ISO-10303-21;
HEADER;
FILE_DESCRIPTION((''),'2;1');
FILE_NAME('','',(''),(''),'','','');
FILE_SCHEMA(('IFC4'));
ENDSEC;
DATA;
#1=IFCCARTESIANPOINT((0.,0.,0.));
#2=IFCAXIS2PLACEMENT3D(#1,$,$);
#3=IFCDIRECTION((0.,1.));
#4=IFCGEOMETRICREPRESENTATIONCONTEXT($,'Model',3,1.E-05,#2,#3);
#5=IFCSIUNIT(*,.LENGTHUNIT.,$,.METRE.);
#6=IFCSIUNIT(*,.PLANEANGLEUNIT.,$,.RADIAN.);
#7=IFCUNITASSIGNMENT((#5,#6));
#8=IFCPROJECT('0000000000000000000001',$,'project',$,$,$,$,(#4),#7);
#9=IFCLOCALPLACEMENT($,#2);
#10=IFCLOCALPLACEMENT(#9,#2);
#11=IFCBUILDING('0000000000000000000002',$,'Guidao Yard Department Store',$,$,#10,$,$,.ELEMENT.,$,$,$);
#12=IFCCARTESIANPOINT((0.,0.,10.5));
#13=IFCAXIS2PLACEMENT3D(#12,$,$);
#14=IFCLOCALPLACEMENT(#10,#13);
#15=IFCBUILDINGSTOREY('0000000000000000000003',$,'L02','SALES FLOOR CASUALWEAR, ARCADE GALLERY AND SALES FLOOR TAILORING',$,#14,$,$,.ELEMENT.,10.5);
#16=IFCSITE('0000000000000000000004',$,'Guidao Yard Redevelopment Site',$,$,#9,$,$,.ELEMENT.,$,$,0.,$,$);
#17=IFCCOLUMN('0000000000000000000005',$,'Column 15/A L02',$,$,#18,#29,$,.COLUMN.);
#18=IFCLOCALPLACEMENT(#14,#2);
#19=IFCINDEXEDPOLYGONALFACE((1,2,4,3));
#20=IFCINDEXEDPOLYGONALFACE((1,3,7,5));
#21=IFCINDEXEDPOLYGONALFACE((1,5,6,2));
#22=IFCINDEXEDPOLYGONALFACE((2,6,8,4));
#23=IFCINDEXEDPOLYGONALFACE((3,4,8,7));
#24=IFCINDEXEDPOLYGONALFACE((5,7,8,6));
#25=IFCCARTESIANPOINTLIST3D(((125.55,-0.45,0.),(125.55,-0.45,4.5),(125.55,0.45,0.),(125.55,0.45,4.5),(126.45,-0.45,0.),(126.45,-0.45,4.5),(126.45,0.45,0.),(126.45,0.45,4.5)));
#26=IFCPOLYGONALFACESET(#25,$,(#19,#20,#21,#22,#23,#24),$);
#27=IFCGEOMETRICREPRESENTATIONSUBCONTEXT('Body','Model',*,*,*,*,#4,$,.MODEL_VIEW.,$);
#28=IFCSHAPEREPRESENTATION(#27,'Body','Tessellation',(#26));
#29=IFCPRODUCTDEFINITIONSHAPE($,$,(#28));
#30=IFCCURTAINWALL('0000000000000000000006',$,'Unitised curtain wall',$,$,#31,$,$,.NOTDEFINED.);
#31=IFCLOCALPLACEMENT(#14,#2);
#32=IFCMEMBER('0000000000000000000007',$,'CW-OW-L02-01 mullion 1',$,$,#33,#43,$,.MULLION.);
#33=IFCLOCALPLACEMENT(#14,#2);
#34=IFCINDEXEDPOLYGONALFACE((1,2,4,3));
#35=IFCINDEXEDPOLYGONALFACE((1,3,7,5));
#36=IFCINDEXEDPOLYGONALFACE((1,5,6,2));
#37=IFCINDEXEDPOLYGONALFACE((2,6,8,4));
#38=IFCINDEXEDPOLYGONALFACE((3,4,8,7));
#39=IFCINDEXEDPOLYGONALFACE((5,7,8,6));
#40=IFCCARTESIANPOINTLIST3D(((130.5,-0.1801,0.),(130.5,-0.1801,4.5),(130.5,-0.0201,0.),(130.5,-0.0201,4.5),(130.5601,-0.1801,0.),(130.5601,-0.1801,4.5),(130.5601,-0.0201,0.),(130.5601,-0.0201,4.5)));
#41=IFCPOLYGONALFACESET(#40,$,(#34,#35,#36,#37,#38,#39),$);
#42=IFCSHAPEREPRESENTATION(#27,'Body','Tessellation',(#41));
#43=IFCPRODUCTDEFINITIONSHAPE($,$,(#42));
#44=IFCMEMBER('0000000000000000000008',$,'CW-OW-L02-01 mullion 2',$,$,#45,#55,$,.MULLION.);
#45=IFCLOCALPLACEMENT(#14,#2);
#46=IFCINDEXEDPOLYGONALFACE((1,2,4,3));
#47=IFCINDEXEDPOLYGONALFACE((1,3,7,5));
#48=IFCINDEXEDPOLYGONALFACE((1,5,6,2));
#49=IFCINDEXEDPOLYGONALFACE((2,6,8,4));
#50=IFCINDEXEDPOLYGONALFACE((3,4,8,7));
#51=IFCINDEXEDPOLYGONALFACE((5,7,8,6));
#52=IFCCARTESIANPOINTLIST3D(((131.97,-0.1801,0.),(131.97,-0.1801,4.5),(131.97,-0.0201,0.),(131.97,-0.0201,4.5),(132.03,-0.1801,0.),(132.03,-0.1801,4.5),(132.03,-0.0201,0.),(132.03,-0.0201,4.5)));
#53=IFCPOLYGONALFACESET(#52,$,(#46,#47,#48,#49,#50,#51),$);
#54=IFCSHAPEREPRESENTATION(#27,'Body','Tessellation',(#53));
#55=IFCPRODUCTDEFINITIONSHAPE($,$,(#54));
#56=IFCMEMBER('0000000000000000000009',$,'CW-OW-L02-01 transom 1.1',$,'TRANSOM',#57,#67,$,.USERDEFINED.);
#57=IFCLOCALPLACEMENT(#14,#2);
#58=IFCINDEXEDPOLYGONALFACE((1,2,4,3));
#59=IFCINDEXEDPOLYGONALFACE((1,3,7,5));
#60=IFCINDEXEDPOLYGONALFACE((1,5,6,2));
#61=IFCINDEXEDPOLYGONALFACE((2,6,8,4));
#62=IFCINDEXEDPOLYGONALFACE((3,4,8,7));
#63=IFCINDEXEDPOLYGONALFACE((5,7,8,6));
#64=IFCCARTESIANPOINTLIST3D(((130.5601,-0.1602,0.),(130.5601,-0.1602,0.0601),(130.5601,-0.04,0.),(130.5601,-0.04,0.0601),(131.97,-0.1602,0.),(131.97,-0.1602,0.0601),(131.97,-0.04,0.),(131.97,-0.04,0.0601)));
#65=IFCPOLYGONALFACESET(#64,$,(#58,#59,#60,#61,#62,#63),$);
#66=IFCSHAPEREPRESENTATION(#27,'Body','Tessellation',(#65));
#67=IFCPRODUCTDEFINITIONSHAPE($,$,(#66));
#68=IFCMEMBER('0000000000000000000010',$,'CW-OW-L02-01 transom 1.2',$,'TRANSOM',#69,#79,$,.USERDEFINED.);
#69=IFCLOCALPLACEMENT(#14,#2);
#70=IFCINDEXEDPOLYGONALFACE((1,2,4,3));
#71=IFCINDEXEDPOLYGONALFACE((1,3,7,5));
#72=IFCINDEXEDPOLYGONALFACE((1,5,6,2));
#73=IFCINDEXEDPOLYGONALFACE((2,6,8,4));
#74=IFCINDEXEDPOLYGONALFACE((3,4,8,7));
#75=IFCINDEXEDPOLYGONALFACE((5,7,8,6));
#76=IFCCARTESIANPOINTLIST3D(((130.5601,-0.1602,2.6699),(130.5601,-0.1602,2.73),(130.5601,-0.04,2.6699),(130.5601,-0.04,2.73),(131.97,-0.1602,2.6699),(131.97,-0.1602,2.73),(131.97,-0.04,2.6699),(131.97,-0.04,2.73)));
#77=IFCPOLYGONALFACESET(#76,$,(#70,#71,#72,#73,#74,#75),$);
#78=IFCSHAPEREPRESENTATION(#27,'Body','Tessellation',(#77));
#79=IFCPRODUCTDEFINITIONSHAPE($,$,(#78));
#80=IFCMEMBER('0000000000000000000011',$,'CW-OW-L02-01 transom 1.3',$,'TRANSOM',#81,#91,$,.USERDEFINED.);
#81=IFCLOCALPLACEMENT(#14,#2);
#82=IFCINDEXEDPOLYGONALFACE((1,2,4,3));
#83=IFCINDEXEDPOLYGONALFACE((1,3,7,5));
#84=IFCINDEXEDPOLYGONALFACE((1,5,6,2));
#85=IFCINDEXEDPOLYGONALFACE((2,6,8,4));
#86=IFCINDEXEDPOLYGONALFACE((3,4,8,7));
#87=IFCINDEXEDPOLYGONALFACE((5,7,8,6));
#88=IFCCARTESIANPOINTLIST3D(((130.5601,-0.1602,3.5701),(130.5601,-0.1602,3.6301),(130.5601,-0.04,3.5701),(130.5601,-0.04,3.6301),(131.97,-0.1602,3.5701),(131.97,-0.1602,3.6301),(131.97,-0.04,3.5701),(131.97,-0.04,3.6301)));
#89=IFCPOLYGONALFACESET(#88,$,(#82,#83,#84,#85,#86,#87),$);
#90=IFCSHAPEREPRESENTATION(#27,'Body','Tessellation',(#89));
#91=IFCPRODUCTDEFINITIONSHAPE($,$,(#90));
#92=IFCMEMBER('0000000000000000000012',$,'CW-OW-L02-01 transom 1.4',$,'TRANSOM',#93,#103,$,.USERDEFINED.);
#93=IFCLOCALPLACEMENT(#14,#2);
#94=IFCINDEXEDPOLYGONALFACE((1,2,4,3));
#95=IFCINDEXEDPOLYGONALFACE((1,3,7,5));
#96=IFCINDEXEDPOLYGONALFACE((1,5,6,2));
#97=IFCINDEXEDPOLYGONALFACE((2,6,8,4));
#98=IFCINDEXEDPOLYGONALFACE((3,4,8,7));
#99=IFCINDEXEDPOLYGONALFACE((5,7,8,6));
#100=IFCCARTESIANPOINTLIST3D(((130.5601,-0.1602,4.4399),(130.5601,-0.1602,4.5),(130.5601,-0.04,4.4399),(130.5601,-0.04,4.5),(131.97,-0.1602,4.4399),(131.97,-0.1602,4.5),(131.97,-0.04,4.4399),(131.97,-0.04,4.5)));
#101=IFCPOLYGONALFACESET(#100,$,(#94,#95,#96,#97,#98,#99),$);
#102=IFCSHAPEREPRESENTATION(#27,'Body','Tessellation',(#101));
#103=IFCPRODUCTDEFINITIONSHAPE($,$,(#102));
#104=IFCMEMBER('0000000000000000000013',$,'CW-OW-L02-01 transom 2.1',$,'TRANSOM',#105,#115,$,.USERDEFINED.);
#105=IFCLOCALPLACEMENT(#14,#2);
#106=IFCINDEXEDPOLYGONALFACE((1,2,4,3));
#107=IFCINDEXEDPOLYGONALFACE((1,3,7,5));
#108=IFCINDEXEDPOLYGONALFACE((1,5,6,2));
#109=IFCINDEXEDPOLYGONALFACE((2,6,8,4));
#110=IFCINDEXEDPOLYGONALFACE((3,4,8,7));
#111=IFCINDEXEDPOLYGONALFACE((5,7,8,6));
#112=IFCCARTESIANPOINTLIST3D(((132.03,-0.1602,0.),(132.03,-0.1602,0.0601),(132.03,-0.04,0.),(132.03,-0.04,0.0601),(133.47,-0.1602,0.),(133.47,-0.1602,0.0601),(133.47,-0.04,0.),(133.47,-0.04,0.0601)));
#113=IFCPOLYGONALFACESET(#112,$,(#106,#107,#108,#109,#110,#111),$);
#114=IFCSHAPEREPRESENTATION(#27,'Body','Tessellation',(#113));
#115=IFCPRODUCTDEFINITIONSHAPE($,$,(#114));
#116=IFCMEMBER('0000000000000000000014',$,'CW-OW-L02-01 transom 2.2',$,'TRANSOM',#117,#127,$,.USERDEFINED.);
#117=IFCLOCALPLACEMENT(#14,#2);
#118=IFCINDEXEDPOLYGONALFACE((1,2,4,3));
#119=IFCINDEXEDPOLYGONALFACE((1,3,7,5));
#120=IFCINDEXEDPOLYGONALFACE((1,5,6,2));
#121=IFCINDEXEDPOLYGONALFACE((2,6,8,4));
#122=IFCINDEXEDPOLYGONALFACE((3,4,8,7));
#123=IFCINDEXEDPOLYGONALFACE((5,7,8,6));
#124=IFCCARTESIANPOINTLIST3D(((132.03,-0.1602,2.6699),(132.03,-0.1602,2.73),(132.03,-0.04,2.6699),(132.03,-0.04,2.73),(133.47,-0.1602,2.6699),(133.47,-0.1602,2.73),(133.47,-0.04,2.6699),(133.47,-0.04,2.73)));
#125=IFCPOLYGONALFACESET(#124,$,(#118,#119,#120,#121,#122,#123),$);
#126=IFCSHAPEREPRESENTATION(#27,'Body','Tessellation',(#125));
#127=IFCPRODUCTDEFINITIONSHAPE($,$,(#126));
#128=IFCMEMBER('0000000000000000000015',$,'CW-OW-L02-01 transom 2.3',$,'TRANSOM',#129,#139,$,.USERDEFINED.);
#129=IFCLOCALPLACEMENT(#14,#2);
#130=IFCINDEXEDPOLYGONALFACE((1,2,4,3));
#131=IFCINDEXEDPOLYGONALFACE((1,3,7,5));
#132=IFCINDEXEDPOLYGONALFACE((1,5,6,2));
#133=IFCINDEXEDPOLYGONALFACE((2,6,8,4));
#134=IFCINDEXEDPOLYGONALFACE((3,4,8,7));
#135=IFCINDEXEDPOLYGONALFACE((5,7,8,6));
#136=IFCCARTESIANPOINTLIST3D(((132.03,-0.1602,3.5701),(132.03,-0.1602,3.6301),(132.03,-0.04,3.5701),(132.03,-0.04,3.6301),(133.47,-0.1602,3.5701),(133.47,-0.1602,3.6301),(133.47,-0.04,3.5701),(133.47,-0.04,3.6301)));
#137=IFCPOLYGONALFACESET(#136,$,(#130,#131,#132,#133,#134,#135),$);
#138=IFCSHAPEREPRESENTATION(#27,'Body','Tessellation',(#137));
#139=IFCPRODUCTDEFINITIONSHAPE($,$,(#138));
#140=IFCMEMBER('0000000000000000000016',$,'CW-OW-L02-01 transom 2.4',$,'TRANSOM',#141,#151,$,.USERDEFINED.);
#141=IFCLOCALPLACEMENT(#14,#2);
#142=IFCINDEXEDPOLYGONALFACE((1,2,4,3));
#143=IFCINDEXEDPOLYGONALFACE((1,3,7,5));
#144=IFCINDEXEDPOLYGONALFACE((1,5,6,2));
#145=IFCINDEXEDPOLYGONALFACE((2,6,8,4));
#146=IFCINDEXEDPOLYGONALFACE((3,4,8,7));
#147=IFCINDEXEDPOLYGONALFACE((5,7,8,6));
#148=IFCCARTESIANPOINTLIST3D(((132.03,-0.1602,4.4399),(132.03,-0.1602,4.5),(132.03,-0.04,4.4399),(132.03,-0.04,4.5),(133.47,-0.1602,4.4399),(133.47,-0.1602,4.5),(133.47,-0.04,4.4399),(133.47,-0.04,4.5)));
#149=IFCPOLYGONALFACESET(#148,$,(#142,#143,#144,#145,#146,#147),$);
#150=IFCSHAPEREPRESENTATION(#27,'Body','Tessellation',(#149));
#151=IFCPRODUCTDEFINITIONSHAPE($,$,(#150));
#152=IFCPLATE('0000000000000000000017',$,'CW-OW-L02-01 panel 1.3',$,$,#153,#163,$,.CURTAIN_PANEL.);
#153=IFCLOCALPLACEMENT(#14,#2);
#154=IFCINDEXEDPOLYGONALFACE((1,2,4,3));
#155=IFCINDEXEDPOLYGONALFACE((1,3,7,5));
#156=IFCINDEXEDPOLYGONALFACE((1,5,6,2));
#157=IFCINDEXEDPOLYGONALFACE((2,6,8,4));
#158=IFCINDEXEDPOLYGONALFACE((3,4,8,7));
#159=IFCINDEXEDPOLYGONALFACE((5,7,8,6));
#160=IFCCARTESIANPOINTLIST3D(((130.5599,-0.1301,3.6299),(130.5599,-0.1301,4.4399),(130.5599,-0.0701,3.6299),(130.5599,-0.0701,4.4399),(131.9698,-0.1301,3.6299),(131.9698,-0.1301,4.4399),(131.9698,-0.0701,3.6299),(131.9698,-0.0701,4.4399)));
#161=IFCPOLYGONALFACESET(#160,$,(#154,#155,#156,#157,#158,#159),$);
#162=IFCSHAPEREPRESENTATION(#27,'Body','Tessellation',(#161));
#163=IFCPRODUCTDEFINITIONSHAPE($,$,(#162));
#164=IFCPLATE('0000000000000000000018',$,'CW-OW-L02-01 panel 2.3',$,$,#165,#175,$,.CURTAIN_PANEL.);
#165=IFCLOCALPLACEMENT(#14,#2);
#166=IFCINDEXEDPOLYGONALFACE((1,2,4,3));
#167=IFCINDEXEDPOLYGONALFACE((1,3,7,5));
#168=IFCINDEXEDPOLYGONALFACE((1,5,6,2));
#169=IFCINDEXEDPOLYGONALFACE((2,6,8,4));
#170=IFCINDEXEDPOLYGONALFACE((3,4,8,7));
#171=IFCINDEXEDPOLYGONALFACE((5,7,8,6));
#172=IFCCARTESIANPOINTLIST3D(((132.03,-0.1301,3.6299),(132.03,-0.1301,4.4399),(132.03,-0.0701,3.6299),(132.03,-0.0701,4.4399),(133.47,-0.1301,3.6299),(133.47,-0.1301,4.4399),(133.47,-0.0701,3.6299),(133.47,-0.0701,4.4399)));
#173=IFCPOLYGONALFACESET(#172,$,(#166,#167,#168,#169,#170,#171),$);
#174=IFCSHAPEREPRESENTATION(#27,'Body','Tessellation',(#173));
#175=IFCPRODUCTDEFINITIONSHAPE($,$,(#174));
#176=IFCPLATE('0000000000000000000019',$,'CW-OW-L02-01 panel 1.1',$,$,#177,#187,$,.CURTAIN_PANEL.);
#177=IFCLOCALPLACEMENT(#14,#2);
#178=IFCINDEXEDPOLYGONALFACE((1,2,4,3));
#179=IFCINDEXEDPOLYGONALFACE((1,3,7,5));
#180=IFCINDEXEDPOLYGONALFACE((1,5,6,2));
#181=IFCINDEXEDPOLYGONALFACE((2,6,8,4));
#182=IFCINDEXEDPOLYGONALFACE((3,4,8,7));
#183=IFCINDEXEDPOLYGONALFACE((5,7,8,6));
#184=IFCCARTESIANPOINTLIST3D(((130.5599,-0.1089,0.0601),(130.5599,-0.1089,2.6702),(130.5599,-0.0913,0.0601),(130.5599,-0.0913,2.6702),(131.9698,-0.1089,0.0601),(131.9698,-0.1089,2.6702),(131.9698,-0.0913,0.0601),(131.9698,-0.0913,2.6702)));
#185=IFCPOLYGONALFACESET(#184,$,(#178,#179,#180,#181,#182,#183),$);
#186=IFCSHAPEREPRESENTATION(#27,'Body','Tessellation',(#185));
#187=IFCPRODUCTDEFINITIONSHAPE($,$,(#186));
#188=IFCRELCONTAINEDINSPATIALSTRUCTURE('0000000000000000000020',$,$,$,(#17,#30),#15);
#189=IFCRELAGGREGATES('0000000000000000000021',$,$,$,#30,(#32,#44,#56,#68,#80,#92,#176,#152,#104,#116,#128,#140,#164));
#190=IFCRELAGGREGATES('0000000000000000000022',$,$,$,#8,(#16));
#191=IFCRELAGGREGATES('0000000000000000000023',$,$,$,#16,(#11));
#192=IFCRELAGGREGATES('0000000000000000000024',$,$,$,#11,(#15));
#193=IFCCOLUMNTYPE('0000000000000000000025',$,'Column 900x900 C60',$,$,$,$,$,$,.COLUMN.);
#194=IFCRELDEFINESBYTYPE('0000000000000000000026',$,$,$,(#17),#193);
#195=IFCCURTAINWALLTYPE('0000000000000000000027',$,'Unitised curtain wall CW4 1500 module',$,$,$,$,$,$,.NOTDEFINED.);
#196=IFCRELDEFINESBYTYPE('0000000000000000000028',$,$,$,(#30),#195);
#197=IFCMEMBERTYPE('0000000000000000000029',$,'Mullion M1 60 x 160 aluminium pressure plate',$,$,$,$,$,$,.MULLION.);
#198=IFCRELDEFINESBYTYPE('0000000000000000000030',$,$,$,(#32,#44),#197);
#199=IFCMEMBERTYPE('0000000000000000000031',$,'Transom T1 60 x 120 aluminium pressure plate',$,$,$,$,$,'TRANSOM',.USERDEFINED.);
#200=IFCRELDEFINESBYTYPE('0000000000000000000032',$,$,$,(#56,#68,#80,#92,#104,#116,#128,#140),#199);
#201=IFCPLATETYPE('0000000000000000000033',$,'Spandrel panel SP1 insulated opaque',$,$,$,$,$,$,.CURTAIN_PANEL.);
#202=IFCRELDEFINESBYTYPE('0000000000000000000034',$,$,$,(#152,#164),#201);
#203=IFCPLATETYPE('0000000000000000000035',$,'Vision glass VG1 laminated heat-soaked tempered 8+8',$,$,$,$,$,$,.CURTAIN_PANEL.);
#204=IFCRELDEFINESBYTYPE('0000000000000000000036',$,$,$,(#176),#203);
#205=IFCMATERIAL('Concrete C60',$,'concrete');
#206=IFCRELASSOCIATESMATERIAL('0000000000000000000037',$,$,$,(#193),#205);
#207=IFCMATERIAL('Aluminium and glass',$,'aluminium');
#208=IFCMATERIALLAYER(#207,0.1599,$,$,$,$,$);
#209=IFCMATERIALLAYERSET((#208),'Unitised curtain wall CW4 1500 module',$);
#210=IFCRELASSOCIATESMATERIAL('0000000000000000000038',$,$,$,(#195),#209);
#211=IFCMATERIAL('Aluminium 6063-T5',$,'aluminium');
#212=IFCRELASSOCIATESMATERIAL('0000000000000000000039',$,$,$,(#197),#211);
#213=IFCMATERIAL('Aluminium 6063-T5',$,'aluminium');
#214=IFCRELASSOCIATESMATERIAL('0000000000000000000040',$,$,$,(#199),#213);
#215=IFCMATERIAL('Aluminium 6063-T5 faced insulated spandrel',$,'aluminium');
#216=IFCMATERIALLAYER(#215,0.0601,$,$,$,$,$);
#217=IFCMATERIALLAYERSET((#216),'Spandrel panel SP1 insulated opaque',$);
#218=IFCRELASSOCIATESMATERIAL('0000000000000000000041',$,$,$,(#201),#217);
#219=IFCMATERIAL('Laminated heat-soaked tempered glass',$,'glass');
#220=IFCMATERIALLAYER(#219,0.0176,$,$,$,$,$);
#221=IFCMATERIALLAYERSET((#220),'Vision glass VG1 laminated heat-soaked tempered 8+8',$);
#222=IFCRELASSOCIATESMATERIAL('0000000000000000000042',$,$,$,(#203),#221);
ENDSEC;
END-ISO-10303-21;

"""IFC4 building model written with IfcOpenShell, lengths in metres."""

from ifc_helpers import new_model, si_unit, direction, frame, origin, origin_2d, place, context, subcontext, project, spatial, rectangle, extrude, material, layer, layer_set, material_profile, profile_set, type_object, element, aggregate, save


model = new_model("IFC4")

# Units and contexts
model_context = context("Model", 3, precision=1e-05, world=origin(), true_north=direction((0.0, 1.0)))
body_context = subcontext(model_context, "Body", "Model", "MODEL_VIEW")
ifc_project = project(units=[si_unit("LENGTHUNIT", "METRE"), si_unit("PLANEANGLEUNIT", "RADIAN")], contexts=[model_context])

# Site, building, storey
site_placement = place(None, origin())
site = spatial("IfcSite", under=ifc_project, at=site_placement, Name="Guidao Yard Redevelopment Site", CompositionType="ELEMENT", RefElevation=0.0)
building_placement = place(site_placement, origin())
building = spatial("IfcBuilding", under=site, at=building_placement, Name="Guidao Yard Department Store", CompositionType="ELEMENT")
storey_placement = place(building_placement, frame((0.0, 0.0, 10.5)))
storey = spatial("IfcBuildingStorey", under=building, at=storey_placement, Name="L02", Description="SALES FLOOR CASUALWEAR, ARCADE GALLERY AND SALES FLOOR TAILORING", CompositionType="ELEMENT", Elevation=10.5)

# Column
ifc_material_1 = material(Name="Concrete C60", Category="concrete")
ifc_material_profile_1 = material_profile(ifc_material_1, rectangle(XDim=0.8999, YDim=0.8999, at=origin_2d()), Name="COL 900x900")
ifc_profile_set_1 = profile_set([ifc_material_profile_1], Name="Concrete C60")
column_type = type_object("IfcColumnType", Name="Column 900x900 C60", PredefinedType="COLUMN", material=ifc_profile_set_1)
column_placement = place(storey_placement, frame((126.0, 0.0, 0.0), z_axis=(0.0, 0.0, 1.0), x_axis=(1.0, 0.0, 0.0)))
element("IfcColumn", 1, at=column_placement, inside=storey, type_object=column_type, Name="Column 15/A L02", PredefinedType="COLUMN", context=body_context, shape_type="SweptSolid", body=[
    extrude(rectangle(XDim=0.8999, YDim=0.8999, at=origin_2d()), origin(), (0.0, 0.0, 1.0), 4.5),
])

# Curtain wall, members, plates
ifc_material_2 = material(Name="Aluminium and glass", Category="aluminium")
ifc_layer_1 = layer(ifc_material_2, 0.1599)
ifc_layer_set_1 = layer_set([ifc_layer_1], Name="Unitised curtain wall CW4 1500 module")
curtain_wall_type = type_object("IfcCurtainWallType", Name="Unitised curtain wall CW4 1500 module", PredefinedType="NOTDEFINED", material=ifc_layer_set_1)
curtain_wall_placement = place(storey_placement, origin())
curtain_wall = element("IfcCurtainWall", 2, at=curtain_wall_placement, inside=storey, type_object=curtain_wall_type, Name="Unitised curtain wall", PredefinedType="NOTDEFINED")
ifc_material_3 = material(Name="Aluminium 6063-T5", Category="aluminium")
ifc_material_profile_2 = material_profile(ifc_material_3, rectangle(XDim=0.0601, YDim=0.1599, at=origin_2d()), Name="Mullion M1 60 x 160 aluminium pressure plate")
ifc_profile_set_2 = profile_set([ifc_material_profile_2], Name="Aluminium 6063-T5")
member_type_1 = type_object("IfcMemberType", Name="Mullion M1 60 x 160 aluminium pressure plate", PredefinedType="MULLION", material=ifc_profile_set_2)
member_1_placement = place(storey_placement, frame((130.53, -0.1001, 0.0), z_axis=(0.0, 0.0, 1.0), x_axis=(-1.0, 0.0, 0.0)))
member_1 = element("IfcMember", 3, at=member_1_placement, type_object=member_type_1, Name="CW-OW-L02-01 mullion 1", PredefinedType="MULLION", context=body_context, shape_type="SweptSolid", body=[
    extrude(rectangle(XDim=0.0601, YDim=0.1599, at=origin_2d()), origin(), (0.0, 0.0, 1.0), 4.5),
])
member_2_placement = place(storey_placement, frame((132.0, -0.1001, 0.0), z_axis=(0.0, 0.0, 1.0), x_axis=(-1.0, 0.0, 0.0)))
member_2 = element("IfcMember", 4, at=member_2_placement, type_object=member_type_1, Name="CW-OW-L02-01 mullion 2", PredefinedType="MULLION", context=body_context, shape_type="SweptSolid", body=[
    extrude(rectangle(XDim=0.0601, YDim=0.1599, at=origin_2d()), origin(), (0.0, 0.0, 1.0), 4.5),
])
ifc_material_4 = material(Name="Aluminium 6063-T5", Category="aluminium")
ifc_material_profile_3 = material_profile(ifc_material_4, rectangle(XDim=0.1201, YDim=0.0601, at=origin_2d()), Name="Transom T1 60 x 120 aluminium pressure plate")
ifc_profile_set_3 = profile_set([ifc_material_profile_3], Name="Aluminium 6063-T5")
member_type_2 = type_object("IfcMemberType", Name="Transom T1 60 x 120 aluminium pressure plate", ElementType="TRANSOM", PredefinedType="USERDEFINED", material=ifc_profile_set_3)
member_3_placement = place(storey_placement, frame((131.97, -0.1001, 0.03), z_axis=(-1.0, 0.0, 0.0), x_axis=(0.0, -1.0, 0.0)))
member_3 = element("IfcMember", 5, at=member_3_placement, type_object=member_type_2, Name="CW-OW-L02-01 transom 1.1", ObjectType="TRANSOM", PredefinedType="USERDEFINED", context=body_context, shape_type="SweptSolid", body=[
    extrude(rectangle(XDim=0.1201, YDim=0.0601, at=origin_2d()), origin(), (0.0, 0.0, 1.0), 1.4099),
])
member_4_placement = place(storey_placement, frame((131.97, -0.1001, 2.7), z_axis=(-1.0, 0.0, 0.0), x_axis=(0.0, -1.0, 0.0)))
member_4 = element("IfcMember", 6, at=member_4_placement, type_object=member_type_2, Name="CW-OW-L02-01 transom 1.2", ObjectType="TRANSOM", PredefinedType="USERDEFINED", context=body_context, shape_type="SweptSolid", body=[
    extrude(rectangle(XDim=0.1201, YDim=0.0601, at=origin_2d()), origin(), (0.0, 0.0, 1.0), 1.4099),
])
member_5_placement = place(storey_placement, frame((131.97, -0.1001, 3.6001), z_axis=(-1.0, 0.0, 0.0), x_axis=(0.0, -1.0, 0.0)))
member_5 = element("IfcMember", 7, at=member_5_placement, type_object=member_type_2, Name="CW-OW-L02-01 transom 1.3", ObjectType="TRANSOM", PredefinedType="USERDEFINED", context=body_context, shape_type="SweptSolid", body=[
    extrude(rectangle(XDim=0.1201, YDim=0.0601, at=origin_2d()), origin(), (0.0, 0.0, 1.0), 1.4099),
])
member_6_placement = place(storey_placement, frame((131.97, -0.1001, 4.47), z_axis=(-1.0, 0.0, 0.0), x_axis=(0.0, -1.0, 0.0)))
member_6 = element("IfcMember", 8, at=member_6_placement, type_object=member_type_2, Name="CW-OW-L02-01 transom 1.4", ObjectType="TRANSOM", PredefinedType="USERDEFINED", context=body_context, shape_type="SweptSolid", body=[
    extrude(rectangle(XDim=0.1201, YDim=0.0601, at=origin_2d()), origin(), (0.0, 0.0, 1.0), 1.4099),
])
member_7_placement = place(storey_placement, frame((133.47, -0.1001, 0.03), z_axis=(-1.0, 0.0, 0.0), x_axis=(0.0, -1.0, 0.0)))
member_7 = element("IfcMember", 9, at=member_7_placement, type_object=member_type_2, Name="CW-OW-L02-01 transom 2.1", ObjectType="TRANSOM", PredefinedType="USERDEFINED", context=body_context, shape_type="SweptSolid", body=[
    extrude(rectangle(XDim=0.1201, YDim=0.0601, at=origin_2d()), origin(), (0.0, 0.0, 1.0), 1.4399),
])
member_8_placement = place(storey_placement, frame((133.47, -0.1001, 2.7), z_axis=(-1.0, 0.0, 0.0), x_axis=(0.0, -1.0, 0.0)))
member_8 = element("IfcMember", 10, at=member_8_placement, type_object=member_type_2, Name="CW-OW-L02-01 transom 2.2", ObjectType="TRANSOM", PredefinedType="USERDEFINED", context=body_context, shape_type="SweptSolid", body=[
    extrude(rectangle(XDim=0.1201, YDim=0.0601, at=origin_2d()), origin(), (0.0, 0.0, 1.0), 1.4399),
])
member_9_placement = place(storey_placement, frame((133.47, -0.1001, 3.6001), z_axis=(-1.0, 0.0, 0.0), x_axis=(0.0, -1.0, 0.0)))
member_9 = element("IfcMember", 11, at=member_9_placement, type_object=member_type_2, Name="CW-OW-L02-01 transom 2.3", ObjectType="TRANSOM", PredefinedType="USERDEFINED", context=body_context, shape_type="SweptSolid", body=[
    extrude(rectangle(XDim=0.1201, YDim=0.0601, at=origin_2d()), origin(), (0.0, 0.0, 1.0), 1.4399),
])
member_10_placement = place(storey_placement, frame((133.47, -0.1001, 4.47), z_axis=(-1.0, 0.0, 0.0), x_axis=(0.0, -1.0, 0.0)))
member_10 = element("IfcMember", 12, at=member_10_placement, type_object=member_type_2, Name="CW-OW-L02-01 transom 2.4", ObjectType="TRANSOM", PredefinedType="USERDEFINED", context=body_context, shape_type="SweptSolid", body=[
    extrude(rectangle(XDim=0.1201, YDim=0.0601, at=origin_2d()), origin(), (0.0, 0.0, 1.0), 1.4399),
])
ifc_material_5 = material(Name="Aluminium 6063-T5 faced insulated spandrel", Category="aluminium")
ifc_layer_2 = layer(ifc_material_5, 0.0601)
ifc_layer_set_2 = layer_set([ifc_layer_2], Name="Spandrel panel SP1 insulated opaque")
plate_type_1 = type_object("IfcPlateType", Name="Spandrel panel SP1 insulated opaque", PredefinedType="CURTAIN_PANEL", material=ifc_layer_set_2)
plate_1_placement = place(storey_placement, frame((131.2649, -0.1001, 3.6299), z_axis=(0.0, 0.0, 1.0), x_axis=(-1.0, 0.0, 0.0)))
plate_1 = element("IfcPlate", 13, at=plate_1_placement, type_object=plate_type_1, Name="CW-OW-L02-01 panel 1.3", PredefinedType="CURTAIN_PANEL", context=body_context, shape_type="SweptSolid", body=[
    extrude(rectangle(XDim=1.4099, YDim=0.0601, at=origin_2d()), origin(), (0.0, 0.0, 1.0), 0.8101),
])
plate_2_placement = place(storey_placement, frame((132.75, -0.1001, 3.6299), z_axis=(0.0, 0.0, 1.0), x_axis=(-1.0, 0.0, 0.0)))
plate_2 = element("IfcPlate", 14, at=plate_2_placement, type_object=plate_type_1, Name="CW-OW-L02-01 panel 2.3", PredefinedType="CURTAIN_PANEL", context=body_context, shape_type="SweptSolid", body=[
    extrude(rectangle(XDim=1.4399, YDim=0.0601, at=origin_2d()), origin(), (0.0, 0.0, 1.0), 0.8101),
])
ifc_material_6 = material(Name="Laminated heat-soaked tempered glass", Category="glass")
ifc_layer_3 = layer(ifc_material_6, 0.0176)
ifc_layer_set_3 = layer_set([ifc_layer_3], Name="Vision glass VG1 laminated heat-soaked tempered 8+8")
plate_type_2 = type_object("IfcPlateType", Name="Vision glass VG1 laminated heat-soaked tempered 8+8", PredefinedType="CURTAIN_PANEL", material=ifc_layer_set_3)
plate_3_placement = place(storey_placement, frame((131.2649, -0.1001, 0.0601), z_axis=(0.0, 0.0, 1.0), x_axis=(-1.0, 0.0, 0.0)))
plate_3 = element("IfcPlate", 15, at=plate_3_placement, type_object=plate_type_2, Name="CW-OW-L02-01 panel 1.1", PredefinedType="CURTAIN_PANEL", context=body_context, shape_type="SweptSolid", body=[
    extrude(rectangle(XDim=1.4099, YDim=0.0176, at=origin_2d()), origin(), (0.0, 0.0, 1.0), 2.6101),
])
aggregate(curtain_wall, [member_1, member_2, member_3, member_4, member_5, member_6, plate_3, plate_1, member_7, member_8, member_9, member_10, plate_2])

save(model, "model.ifc")
